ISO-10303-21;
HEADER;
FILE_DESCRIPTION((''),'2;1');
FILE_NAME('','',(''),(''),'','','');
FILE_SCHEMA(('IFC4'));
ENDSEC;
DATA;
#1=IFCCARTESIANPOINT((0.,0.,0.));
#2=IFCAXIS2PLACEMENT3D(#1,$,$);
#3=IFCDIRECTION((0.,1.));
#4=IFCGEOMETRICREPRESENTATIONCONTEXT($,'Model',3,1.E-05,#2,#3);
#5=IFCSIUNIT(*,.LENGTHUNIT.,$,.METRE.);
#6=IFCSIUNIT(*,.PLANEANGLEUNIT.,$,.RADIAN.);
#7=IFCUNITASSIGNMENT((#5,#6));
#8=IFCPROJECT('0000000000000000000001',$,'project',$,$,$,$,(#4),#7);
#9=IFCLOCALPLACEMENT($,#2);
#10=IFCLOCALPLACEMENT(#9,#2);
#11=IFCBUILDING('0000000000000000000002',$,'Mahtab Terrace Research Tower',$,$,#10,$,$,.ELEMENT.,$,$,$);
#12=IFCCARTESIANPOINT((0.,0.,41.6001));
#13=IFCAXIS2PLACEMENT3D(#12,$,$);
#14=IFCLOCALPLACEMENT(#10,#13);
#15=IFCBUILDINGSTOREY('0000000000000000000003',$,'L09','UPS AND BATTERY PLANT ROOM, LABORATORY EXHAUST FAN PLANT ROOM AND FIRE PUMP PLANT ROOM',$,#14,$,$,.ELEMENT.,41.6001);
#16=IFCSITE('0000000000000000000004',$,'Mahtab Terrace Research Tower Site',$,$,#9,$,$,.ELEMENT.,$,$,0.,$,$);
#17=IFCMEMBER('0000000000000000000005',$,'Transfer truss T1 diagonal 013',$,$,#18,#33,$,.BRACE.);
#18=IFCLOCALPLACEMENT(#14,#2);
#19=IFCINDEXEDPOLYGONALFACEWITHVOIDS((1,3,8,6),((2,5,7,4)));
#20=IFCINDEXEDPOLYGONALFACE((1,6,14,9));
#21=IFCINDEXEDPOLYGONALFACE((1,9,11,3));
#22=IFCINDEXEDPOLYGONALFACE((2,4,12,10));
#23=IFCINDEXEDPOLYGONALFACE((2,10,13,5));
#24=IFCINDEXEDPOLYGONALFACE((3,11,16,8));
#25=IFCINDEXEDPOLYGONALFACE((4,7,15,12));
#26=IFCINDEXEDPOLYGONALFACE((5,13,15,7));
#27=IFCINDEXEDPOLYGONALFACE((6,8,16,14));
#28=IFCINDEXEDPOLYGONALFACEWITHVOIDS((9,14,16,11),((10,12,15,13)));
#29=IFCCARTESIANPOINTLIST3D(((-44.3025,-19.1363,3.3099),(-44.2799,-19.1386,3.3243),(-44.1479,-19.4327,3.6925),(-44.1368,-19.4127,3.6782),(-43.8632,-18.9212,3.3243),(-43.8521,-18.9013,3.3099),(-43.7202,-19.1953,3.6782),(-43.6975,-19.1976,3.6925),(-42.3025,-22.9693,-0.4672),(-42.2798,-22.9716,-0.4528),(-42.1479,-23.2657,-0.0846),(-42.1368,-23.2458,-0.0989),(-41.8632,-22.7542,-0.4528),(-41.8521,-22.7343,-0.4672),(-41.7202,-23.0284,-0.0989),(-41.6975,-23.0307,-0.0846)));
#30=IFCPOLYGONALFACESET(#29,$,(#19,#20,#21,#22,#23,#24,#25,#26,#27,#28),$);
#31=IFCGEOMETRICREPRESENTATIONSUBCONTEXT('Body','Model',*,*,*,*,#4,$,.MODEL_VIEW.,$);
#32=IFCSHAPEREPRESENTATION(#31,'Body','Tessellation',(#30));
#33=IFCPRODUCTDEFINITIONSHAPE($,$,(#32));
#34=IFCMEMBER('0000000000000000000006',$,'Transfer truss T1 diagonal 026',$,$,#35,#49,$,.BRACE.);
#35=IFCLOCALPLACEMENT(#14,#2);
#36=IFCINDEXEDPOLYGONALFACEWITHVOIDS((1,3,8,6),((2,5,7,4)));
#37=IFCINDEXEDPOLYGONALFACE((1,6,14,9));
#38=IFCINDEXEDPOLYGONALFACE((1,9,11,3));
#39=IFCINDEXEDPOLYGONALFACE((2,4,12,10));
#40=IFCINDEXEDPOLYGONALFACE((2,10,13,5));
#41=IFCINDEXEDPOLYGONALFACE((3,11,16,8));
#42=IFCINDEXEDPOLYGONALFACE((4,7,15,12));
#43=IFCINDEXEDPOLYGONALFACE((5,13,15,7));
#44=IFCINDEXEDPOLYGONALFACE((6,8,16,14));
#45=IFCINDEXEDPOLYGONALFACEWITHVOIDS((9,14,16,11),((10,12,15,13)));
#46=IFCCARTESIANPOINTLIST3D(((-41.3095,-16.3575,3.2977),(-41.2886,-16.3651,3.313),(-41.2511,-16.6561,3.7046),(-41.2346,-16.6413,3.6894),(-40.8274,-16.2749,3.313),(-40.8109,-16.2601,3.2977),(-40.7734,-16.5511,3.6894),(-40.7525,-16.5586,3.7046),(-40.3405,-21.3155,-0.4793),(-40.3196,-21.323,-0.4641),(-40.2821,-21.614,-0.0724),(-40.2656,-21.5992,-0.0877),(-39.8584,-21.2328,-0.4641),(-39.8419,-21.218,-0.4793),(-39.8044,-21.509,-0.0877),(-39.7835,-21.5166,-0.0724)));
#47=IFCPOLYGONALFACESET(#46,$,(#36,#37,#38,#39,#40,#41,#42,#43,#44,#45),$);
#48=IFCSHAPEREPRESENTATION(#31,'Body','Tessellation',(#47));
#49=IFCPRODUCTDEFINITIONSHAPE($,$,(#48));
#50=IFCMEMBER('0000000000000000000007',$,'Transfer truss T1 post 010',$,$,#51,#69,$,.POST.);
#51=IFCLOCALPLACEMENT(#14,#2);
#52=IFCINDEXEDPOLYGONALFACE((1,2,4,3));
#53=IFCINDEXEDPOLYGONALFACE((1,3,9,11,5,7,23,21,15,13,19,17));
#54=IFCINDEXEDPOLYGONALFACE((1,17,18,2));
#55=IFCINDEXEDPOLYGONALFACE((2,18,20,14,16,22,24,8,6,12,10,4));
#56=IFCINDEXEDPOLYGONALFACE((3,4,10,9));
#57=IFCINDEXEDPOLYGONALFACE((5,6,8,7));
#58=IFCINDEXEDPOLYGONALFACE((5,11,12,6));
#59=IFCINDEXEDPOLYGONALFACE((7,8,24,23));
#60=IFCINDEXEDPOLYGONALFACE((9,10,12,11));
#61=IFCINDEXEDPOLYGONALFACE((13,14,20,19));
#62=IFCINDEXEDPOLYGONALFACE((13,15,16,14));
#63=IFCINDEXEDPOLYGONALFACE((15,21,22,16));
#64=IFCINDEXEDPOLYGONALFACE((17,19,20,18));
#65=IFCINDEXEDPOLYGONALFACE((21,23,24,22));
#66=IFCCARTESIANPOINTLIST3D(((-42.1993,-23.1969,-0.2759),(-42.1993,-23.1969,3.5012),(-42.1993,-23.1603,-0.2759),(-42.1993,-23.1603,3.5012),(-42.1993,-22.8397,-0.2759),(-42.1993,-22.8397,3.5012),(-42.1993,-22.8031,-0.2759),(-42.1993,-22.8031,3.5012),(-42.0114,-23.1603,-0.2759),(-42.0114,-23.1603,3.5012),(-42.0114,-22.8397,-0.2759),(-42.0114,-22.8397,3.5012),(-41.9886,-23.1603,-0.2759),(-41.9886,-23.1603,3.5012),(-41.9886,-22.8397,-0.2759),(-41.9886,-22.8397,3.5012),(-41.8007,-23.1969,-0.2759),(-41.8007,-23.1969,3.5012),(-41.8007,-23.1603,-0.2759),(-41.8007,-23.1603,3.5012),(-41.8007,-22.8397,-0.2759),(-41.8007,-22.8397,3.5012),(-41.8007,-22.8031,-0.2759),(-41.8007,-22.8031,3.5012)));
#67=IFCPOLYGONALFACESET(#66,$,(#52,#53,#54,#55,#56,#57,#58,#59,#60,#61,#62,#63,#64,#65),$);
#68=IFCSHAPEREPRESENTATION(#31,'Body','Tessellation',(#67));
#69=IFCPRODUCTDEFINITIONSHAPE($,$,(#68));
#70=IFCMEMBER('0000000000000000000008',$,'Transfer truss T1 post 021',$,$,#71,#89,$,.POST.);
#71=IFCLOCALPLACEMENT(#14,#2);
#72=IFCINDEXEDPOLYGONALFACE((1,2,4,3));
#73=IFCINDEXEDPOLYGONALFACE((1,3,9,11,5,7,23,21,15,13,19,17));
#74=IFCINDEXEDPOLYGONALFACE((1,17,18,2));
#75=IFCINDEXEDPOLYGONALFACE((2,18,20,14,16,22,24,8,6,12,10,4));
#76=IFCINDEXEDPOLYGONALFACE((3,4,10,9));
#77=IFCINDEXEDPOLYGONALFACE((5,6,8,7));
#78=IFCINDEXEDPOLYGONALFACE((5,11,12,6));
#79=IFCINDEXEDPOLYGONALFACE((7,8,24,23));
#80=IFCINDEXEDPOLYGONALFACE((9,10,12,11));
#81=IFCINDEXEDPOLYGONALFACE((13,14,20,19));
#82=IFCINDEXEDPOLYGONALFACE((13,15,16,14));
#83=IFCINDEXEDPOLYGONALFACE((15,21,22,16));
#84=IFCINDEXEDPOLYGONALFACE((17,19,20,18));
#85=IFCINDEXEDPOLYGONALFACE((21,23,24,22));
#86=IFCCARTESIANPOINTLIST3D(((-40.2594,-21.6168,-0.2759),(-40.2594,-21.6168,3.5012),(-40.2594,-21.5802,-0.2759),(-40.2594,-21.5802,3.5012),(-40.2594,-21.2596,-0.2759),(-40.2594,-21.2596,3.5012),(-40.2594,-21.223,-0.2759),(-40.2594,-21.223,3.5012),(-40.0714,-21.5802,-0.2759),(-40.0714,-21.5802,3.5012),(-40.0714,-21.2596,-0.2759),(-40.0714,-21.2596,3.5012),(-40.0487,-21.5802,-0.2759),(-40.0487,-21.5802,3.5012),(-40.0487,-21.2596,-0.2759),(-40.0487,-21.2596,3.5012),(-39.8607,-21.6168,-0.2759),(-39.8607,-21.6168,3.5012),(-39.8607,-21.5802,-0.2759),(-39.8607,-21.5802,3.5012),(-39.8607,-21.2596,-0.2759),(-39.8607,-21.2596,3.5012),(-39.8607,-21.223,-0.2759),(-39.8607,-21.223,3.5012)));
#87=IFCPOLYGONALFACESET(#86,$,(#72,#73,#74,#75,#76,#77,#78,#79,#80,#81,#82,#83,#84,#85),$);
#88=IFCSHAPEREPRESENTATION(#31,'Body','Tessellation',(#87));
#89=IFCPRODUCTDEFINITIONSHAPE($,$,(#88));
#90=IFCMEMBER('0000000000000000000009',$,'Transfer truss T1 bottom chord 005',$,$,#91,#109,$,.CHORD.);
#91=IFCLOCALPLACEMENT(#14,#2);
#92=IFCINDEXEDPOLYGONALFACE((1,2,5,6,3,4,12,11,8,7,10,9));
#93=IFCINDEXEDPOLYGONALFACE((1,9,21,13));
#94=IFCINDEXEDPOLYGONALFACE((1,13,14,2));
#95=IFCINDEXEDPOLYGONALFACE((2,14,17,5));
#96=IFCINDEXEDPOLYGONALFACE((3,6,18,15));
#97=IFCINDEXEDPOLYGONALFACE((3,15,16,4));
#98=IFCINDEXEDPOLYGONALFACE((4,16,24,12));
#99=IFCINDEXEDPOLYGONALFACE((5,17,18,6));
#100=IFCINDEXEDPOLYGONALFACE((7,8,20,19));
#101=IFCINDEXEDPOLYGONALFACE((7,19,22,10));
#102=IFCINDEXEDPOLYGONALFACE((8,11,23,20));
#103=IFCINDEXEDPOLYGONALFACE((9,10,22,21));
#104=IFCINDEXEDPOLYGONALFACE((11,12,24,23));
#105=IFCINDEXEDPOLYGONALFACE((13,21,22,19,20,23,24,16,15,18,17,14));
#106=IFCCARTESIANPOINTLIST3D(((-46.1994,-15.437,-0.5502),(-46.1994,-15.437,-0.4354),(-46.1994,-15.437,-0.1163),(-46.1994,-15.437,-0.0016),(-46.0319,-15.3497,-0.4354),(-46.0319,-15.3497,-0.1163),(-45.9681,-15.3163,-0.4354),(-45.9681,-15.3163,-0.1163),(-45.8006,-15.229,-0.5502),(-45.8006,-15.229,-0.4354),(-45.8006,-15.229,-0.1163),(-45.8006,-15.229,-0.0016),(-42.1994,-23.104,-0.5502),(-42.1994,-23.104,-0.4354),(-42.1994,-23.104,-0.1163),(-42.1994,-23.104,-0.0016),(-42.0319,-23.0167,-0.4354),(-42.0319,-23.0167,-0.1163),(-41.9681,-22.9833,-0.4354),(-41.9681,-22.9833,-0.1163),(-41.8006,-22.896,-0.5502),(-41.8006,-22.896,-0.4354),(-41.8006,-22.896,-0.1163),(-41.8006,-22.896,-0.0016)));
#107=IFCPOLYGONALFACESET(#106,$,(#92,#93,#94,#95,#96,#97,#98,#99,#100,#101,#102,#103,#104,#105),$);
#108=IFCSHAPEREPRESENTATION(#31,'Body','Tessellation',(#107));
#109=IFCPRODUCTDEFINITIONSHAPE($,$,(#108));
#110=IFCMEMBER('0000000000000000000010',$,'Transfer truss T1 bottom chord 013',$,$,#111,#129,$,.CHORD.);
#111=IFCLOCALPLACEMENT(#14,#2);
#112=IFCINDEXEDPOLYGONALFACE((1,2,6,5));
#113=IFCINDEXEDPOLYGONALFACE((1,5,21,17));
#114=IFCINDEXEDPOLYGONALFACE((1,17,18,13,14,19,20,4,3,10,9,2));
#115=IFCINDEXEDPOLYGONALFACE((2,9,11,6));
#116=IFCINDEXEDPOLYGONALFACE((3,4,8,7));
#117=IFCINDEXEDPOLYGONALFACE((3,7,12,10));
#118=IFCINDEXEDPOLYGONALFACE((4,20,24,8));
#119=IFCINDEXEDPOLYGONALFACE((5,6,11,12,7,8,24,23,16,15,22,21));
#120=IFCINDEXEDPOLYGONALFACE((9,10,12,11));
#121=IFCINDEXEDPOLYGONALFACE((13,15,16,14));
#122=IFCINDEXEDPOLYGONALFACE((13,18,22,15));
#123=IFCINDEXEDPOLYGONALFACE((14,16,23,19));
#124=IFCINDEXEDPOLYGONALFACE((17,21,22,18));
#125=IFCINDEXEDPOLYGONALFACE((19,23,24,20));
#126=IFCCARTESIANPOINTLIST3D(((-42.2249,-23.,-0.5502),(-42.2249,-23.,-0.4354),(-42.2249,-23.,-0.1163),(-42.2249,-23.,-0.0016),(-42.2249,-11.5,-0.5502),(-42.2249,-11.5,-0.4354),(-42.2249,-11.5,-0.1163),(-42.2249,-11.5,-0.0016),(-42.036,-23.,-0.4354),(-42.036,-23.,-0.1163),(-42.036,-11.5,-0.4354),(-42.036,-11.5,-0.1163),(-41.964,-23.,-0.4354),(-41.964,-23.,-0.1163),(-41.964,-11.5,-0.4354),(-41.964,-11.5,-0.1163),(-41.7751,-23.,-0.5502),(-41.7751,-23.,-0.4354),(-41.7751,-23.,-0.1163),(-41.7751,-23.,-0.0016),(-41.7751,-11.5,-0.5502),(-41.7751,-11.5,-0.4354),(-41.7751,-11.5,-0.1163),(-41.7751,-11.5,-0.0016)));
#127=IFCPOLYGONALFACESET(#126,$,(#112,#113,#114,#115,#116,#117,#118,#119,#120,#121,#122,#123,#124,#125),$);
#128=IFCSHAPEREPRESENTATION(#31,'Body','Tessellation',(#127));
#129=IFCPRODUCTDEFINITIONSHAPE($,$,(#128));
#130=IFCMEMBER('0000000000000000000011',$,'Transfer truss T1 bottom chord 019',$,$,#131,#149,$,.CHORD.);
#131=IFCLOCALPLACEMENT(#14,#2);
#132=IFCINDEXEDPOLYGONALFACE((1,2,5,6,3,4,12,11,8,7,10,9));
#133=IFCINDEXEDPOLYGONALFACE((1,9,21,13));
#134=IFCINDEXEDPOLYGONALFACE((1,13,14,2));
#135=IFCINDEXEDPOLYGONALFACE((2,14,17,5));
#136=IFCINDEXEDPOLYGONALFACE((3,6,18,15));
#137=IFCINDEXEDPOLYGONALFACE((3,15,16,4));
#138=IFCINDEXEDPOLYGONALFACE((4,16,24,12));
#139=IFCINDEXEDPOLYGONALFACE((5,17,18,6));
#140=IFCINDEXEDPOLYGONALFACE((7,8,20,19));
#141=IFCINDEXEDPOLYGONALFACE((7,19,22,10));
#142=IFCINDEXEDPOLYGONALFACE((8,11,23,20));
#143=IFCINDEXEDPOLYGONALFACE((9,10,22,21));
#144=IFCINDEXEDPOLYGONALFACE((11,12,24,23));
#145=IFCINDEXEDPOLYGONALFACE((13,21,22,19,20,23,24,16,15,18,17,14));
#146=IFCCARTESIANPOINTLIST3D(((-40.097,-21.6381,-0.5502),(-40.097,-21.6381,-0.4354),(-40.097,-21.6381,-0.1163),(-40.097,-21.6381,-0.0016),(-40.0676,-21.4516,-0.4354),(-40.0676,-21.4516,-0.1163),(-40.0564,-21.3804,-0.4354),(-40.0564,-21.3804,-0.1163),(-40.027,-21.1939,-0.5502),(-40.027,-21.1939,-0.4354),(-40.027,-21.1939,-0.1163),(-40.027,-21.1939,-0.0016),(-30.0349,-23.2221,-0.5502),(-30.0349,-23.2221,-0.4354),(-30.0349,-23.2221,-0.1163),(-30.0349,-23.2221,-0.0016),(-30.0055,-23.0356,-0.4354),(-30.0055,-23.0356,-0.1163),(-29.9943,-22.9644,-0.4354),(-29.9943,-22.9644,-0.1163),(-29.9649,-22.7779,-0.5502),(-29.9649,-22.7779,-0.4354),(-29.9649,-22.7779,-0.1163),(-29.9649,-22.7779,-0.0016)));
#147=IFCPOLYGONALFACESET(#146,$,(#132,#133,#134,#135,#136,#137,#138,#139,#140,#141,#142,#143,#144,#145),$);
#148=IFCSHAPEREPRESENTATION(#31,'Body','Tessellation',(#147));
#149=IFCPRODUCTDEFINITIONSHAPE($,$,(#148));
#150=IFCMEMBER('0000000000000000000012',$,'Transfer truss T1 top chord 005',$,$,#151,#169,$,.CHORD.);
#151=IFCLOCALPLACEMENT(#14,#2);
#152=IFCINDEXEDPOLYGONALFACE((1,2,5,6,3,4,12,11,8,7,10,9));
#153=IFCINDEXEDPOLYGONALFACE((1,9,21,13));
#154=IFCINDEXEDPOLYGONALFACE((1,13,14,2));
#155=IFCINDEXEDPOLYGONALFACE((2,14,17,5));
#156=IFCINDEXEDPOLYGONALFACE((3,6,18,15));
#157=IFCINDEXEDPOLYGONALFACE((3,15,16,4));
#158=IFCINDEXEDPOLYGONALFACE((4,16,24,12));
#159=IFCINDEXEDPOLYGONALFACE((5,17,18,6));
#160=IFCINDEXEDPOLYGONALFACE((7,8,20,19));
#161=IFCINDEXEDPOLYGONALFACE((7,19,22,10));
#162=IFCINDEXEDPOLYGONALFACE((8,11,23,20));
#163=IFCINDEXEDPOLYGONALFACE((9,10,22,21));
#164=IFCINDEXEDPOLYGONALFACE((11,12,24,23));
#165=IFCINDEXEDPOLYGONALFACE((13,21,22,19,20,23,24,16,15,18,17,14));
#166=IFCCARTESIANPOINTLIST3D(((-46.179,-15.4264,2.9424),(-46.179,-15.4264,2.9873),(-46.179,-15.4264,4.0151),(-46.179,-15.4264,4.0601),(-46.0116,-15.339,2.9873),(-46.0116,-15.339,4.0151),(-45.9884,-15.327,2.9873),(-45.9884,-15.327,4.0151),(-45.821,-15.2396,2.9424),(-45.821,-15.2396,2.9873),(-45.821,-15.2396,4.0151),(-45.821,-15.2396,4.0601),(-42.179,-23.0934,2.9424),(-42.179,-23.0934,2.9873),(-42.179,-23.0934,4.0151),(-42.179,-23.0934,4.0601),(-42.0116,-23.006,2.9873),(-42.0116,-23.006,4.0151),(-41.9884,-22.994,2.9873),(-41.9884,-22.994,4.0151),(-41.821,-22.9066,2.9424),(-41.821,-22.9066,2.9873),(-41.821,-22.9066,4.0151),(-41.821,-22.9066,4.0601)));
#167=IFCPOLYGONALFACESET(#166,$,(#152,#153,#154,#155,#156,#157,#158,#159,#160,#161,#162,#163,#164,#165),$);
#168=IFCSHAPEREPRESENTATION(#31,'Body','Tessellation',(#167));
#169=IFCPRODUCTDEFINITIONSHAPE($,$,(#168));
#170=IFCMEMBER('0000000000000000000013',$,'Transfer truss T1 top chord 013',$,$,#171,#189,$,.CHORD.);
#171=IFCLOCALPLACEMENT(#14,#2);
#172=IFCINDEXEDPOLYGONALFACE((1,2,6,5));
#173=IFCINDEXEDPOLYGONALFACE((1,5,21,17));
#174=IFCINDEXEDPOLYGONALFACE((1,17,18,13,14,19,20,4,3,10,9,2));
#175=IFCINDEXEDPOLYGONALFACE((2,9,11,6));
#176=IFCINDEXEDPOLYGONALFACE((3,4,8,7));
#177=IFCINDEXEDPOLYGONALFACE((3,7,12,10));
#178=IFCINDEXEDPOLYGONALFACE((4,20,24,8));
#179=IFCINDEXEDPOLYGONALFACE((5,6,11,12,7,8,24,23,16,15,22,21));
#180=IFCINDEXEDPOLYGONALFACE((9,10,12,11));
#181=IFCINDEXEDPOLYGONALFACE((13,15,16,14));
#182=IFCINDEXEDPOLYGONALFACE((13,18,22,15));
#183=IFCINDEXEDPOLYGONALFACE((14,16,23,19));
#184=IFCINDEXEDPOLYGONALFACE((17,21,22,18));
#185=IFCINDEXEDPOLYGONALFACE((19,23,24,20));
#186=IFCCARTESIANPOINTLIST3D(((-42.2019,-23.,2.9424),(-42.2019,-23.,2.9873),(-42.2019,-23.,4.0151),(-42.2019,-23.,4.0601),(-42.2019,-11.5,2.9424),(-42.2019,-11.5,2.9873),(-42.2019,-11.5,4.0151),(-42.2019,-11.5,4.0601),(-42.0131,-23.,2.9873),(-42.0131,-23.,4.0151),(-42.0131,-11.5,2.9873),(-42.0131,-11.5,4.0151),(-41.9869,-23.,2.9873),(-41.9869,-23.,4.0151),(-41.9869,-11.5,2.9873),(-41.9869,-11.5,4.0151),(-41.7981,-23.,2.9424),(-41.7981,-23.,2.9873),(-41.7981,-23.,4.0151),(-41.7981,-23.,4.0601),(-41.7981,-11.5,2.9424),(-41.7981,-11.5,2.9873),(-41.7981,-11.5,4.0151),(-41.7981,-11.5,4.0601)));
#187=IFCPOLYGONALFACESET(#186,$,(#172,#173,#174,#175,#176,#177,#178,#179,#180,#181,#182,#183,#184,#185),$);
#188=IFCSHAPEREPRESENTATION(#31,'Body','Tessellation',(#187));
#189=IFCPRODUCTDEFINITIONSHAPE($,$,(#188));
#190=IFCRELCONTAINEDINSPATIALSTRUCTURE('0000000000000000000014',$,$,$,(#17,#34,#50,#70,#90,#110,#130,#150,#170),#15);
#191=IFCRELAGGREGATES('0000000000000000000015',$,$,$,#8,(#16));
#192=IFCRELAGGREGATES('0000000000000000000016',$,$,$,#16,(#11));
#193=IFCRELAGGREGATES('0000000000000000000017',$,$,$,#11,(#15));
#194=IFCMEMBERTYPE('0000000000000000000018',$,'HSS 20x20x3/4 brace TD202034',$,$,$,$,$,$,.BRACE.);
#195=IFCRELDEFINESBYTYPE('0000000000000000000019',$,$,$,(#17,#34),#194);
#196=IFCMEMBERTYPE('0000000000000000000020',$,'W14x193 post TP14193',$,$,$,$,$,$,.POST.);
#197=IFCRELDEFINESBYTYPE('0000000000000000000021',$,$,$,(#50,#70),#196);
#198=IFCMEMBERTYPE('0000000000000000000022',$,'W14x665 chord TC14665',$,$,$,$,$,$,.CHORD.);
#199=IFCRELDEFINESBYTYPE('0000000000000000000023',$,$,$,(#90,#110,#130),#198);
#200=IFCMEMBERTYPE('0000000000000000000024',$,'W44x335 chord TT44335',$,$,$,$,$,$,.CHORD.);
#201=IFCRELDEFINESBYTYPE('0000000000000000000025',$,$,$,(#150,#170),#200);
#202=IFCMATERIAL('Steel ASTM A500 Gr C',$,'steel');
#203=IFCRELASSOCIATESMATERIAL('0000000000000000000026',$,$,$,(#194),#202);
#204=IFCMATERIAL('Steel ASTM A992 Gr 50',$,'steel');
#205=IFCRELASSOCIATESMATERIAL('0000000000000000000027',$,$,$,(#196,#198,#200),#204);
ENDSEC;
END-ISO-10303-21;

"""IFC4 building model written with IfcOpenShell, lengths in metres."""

from ifc_helpers import new_model, si_unit, direction, frame, origin, origin_2d, place, context, subcontext, project, spatial, hollow_rectangle, i_section, extrude, material, material_profile, profile_set, type_object, element, save


model = new_model("IFC4")

# Units and contexts
model_context = context("Model", 3, precision=1e-05, world=origin(), true_north=direction((0.0, 1.0)))
body_context = subcontext(model_context, "Body", "Model", "MODEL_VIEW")
ifc_project = project(units=[si_unit("LENGTHUNIT", "METRE"), si_unit("PLANEANGLEUNIT", "RADIAN")], contexts=[model_context])

# Site, building, storey
site_placement = place(None, origin())
site = spatial("IfcSite", under=ifc_project, at=site_placement, Name="Mahtab Terrace Research Tower Site", CompositionType="ELEMENT", RefElevation=0.0)
building_placement = place(site_placement, origin())
building = spatial("IfcBuilding", under=site, at=building_placement, Name="Mahtab Terrace Research Tower", CompositionType="ELEMENT")
storey_placement = place(building_placement, frame((0.0, 0.0, 41.6001)))
storey = spatial("IfcBuildingStorey", under=building, at=storey_placement, Name="L09", Description="UPS AND BATTERY PLANT ROOM, LABORATORY EXHAUST FAN PLANT ROOM AND FIRE PUMP PLANT ROOM", CompositionType="ELEMENT", Elevation=41.6001)

# Members
ifc_material_1 = material(Name="Steel ASTM A500 Gr C", Category="steel")
ifc_material_profile_1 = material_profile(ifc_material_1, hollow_rectangle(XDim=0.5081, YDim=0.5081, WallThickness=0.019, at=origin_2d()), Name="HSS20X20X3/4")
ifc_profile_set_1 = profile_set([ifc_material_profile_1], Name="Steel ASTM A500 Gr C")
member_type_1 = type_object("IfcMemberType", Name="HSS 20x20x3/4 brace TD202034", PredefinedType="BRACE", material=ifc_profile_set_1)
member_1_placement = place(storey_placement, frame((-42.0, -23.0, -0.2759), z_axis=(-0.348375, 0.667662, 0.657923), x_axis=(-0.886569, -0.462597, 0.0)))
element("IfcMember", 1, at=member_1_placement, inside=storey, type_object=member_type_1, Name="Transfer truss T1 diagonal 013", PredefinedType="BRACE", context=body_context, shape_type="SweptSolid", body=[
    extrude(hollow_rectangle(XDim=0.5081, YDim=0.5081, WallThickness=0.019, at=origin_2d()), origin(), (0.0, 0.0, 1.0), 5.741),
])
member_2_placement = place(storey_placement, frame((-40.062, -21.416, -0.2759), z_axis=(-0.15362, 0.786023, 0.598806), x_axis=(-0.981432, -0.191811, 0.0)))
element("IfcMember", 2, at=member_2_placement, inside=storey, type_object=member_type_1, Name="Transfer truss T1 diagonal 026", PredefinedType="BRACE", context=body_context, shape_type="SweptSolid", body=[
    extrude(hollow_rectangle(XDim=0.5081, YDim=0.5081, WallThickness=0.019, at=origin_2d()), origin(), (0.0, 0.0, 1.0), 6.3076),
])
ifc_material_2 = material(Name="Steel ASTM A992 Gr 50", Category="steel")
ifc_material_profile_2 = material_profile(ifc_material_2, i_section(OverallWidth=0.3987, OverallDepth=0.3938, WebThickness=0.0227, FlangeThickness=0.0366, at=origin_2d()), Name="W14X193")
ifc_profile_set_2 = profile_set([ifc_material_profile_2], Name="Steel ASTM A992 Gr 50")
member_type_2 = type_object("IfcMemberType", Name="W14x193 post TP14193", PredefinedType="POST", material=ifc_profile_set_2)
for number, where, z_axis, x_axis, name in (
    (3, (-42.0, -23.0, -0.2759), (0.0, 0.0, 1.0), (1.0, 0.0, 0.0), "Transfer truss T1 post 010"),
    (4, (-40.0601, -21.4199, -0.2759), (0.0, 0.0, 1.0), (1.0, 0.0, 0.0), "Transfer truss T1 post 021"),
):
    element("IfcMember", number, at=place(storey_placement, frame(where, z_axis=z_axis, x_axis=x_axis)), inside=storey, type_object=member_type_2, Name=name, PredefinedType="POST", context=body_context, shape_type="SweptSolid", body=[
        extrude(i_section(OverallWidth=0.3987, OverallDepth=0.3938, WebThickness=0.0227, FlangeThickness=0.0366, at=origin_2d()), origin(), (0.0, 0.0, 1.0), 3.7771),
    ])
ifc_material_profile_3 = material_profile(ifc_material_2, i_section(OverallWidth=0.4497, OverallDepth=0.5486, WebThickness=0.072, FlangeThickness=0.1147, at=origin_2d()), Name="W14X665")
ifc_profile_set_3 = profile_set([ifc_material_profile_3], Name="Steel ASTM A992 Gr 50")
member_type_3 = type_object("IfcMemberType", Name="W14x665 chord TC14665", PredefinedType="CHORD", material=ifc_profile_set_3)
member_3_placement = place(storey_placement, frame((-42.0, -23.0, -0.2759), z_axis=(-0.462551, 0.886593, 0.0), x_axis=(-0.886593, -0.462551, 0.0)))
element("IfcMember", 5, at=member_3_placement, inside=storey, type_object=member_type_3, Name="Transfer truss T1 bottom chord 005", PredefinedType="CHORD", context=body_context, shape_type="SweptSolid", body=[
    extrude(i_section(OverallWidth=0.4497, OverallDepth=0.5486, WebThickness=0.072, FlangeThickness=0.1147, at=origin_2d()), origin(), (0.0, 0.0, 1.0), 8.6477),
])
member_4_placement = place(storey_placement, frame((-42.0, -23.0, -0.2759), z_axis=(0.0, 1.0, 0.0), x_axis=(-1.0, 0.0, 0.0)))
element("IfcMember", 6, at=member_4_placement, inside=storey, type_object=member_type_3, Name="Transfer truss T1 bottom chord 013", PredefinedType="CHORD", context=body_context, shape_type="SweptSolid", body=[
    extrude(i_section(OverallWidth=0.4497, OverallDepth=0.5486, WebThickness=0.072, FlangeThickness=0.1147, at=origin_2d()), origin(), (0.0, 0.0, 1.0), 11.5),
])
member_5_placement = place(storey_placement, frame((-40.062, -21.416, -0.2759), z_axis=(0.987835, -0.155507, 0.0), x_axis=(0.155507, 0.987835, 0.0)))
element("IfcMember", 7, at=member_5_placement, inside=storey, type_object=member_type_3, Name="Transfer truss T1 bottom chord 019", PredefinedType="CHORD", context=body_context, shape_type="SweptSolid", body=[
    extrude(i_section(OverallWidth=0.4497, OverallDepth=0.5486, WebThickness=0.072, FlangeThickness=0.1147, at=origin_2d()), origin(), (0.0, 0.0, 1.0), 10.186),
])
ifc_material_profile_4 = material_profile(ifc_material_2, i_section(OverallWidth=0.4038, OverallDepth=1.1177, WebThickness=0.0261, FlangeThickness=0.0449, at=origin_2d()), Name="W44X335")
ifc_profile_set_4 = profile_set([ifc_material_profile_4], Name="Steel ASTM A992 Gr 50")
member_type_4 = type_object("IfcMemberType", Name="W44x335 chord TT44335", PredefinedType="CHORD", material=ifc_profile_set_4)
member_6_placement = place(storey_placement, frame((-42.0, -23.0, 3.5012), z_axis=(-0.462551, 0.886593, 0.0), x_axis=(-0.886593, -0.462551, 0.0)))
element("IfcMember", 8, at=member_6_placement, inside=storey, type_object=member_type_4, Name="Transfer truss T1 top chord 005", PredefinedType="CHORD", context=body_context, shape_type="SweptSolid", body=[
    extrude(i_section(OverallWidth=0.4038, OverallDepth=1.1177, WebThickness=0.0261, FlangeThickness=0.0449, at=origin_2d()), origin(), (0.0, 0.0, 1.0), 8.6477),
])
member_7_placement = place(storey_placement, frame((-42.0, -23.0, 3.5012), z_axis=(0.0, 1.0, 0.0), x_axis=(-1.0, 0.0, 0.0)))
element("IfcMember", 9, at=member_7_placement, inside=storey, type_object=member_type_4, Name="Transfer truss T1 top chord 013", PredefinedType="CHORD", context=body_context, shape_type="SweptSolid", body=[
    extrude(i_section(OverallWidth=0.4038, OverallDepth=1.1177, WebThickness=0.0261, FlangeThickness=0.0449, at=origin_2d()), origin(), (0.0, 0.0, 1.0), 11.5),
])

save(model, "model.ifc")
